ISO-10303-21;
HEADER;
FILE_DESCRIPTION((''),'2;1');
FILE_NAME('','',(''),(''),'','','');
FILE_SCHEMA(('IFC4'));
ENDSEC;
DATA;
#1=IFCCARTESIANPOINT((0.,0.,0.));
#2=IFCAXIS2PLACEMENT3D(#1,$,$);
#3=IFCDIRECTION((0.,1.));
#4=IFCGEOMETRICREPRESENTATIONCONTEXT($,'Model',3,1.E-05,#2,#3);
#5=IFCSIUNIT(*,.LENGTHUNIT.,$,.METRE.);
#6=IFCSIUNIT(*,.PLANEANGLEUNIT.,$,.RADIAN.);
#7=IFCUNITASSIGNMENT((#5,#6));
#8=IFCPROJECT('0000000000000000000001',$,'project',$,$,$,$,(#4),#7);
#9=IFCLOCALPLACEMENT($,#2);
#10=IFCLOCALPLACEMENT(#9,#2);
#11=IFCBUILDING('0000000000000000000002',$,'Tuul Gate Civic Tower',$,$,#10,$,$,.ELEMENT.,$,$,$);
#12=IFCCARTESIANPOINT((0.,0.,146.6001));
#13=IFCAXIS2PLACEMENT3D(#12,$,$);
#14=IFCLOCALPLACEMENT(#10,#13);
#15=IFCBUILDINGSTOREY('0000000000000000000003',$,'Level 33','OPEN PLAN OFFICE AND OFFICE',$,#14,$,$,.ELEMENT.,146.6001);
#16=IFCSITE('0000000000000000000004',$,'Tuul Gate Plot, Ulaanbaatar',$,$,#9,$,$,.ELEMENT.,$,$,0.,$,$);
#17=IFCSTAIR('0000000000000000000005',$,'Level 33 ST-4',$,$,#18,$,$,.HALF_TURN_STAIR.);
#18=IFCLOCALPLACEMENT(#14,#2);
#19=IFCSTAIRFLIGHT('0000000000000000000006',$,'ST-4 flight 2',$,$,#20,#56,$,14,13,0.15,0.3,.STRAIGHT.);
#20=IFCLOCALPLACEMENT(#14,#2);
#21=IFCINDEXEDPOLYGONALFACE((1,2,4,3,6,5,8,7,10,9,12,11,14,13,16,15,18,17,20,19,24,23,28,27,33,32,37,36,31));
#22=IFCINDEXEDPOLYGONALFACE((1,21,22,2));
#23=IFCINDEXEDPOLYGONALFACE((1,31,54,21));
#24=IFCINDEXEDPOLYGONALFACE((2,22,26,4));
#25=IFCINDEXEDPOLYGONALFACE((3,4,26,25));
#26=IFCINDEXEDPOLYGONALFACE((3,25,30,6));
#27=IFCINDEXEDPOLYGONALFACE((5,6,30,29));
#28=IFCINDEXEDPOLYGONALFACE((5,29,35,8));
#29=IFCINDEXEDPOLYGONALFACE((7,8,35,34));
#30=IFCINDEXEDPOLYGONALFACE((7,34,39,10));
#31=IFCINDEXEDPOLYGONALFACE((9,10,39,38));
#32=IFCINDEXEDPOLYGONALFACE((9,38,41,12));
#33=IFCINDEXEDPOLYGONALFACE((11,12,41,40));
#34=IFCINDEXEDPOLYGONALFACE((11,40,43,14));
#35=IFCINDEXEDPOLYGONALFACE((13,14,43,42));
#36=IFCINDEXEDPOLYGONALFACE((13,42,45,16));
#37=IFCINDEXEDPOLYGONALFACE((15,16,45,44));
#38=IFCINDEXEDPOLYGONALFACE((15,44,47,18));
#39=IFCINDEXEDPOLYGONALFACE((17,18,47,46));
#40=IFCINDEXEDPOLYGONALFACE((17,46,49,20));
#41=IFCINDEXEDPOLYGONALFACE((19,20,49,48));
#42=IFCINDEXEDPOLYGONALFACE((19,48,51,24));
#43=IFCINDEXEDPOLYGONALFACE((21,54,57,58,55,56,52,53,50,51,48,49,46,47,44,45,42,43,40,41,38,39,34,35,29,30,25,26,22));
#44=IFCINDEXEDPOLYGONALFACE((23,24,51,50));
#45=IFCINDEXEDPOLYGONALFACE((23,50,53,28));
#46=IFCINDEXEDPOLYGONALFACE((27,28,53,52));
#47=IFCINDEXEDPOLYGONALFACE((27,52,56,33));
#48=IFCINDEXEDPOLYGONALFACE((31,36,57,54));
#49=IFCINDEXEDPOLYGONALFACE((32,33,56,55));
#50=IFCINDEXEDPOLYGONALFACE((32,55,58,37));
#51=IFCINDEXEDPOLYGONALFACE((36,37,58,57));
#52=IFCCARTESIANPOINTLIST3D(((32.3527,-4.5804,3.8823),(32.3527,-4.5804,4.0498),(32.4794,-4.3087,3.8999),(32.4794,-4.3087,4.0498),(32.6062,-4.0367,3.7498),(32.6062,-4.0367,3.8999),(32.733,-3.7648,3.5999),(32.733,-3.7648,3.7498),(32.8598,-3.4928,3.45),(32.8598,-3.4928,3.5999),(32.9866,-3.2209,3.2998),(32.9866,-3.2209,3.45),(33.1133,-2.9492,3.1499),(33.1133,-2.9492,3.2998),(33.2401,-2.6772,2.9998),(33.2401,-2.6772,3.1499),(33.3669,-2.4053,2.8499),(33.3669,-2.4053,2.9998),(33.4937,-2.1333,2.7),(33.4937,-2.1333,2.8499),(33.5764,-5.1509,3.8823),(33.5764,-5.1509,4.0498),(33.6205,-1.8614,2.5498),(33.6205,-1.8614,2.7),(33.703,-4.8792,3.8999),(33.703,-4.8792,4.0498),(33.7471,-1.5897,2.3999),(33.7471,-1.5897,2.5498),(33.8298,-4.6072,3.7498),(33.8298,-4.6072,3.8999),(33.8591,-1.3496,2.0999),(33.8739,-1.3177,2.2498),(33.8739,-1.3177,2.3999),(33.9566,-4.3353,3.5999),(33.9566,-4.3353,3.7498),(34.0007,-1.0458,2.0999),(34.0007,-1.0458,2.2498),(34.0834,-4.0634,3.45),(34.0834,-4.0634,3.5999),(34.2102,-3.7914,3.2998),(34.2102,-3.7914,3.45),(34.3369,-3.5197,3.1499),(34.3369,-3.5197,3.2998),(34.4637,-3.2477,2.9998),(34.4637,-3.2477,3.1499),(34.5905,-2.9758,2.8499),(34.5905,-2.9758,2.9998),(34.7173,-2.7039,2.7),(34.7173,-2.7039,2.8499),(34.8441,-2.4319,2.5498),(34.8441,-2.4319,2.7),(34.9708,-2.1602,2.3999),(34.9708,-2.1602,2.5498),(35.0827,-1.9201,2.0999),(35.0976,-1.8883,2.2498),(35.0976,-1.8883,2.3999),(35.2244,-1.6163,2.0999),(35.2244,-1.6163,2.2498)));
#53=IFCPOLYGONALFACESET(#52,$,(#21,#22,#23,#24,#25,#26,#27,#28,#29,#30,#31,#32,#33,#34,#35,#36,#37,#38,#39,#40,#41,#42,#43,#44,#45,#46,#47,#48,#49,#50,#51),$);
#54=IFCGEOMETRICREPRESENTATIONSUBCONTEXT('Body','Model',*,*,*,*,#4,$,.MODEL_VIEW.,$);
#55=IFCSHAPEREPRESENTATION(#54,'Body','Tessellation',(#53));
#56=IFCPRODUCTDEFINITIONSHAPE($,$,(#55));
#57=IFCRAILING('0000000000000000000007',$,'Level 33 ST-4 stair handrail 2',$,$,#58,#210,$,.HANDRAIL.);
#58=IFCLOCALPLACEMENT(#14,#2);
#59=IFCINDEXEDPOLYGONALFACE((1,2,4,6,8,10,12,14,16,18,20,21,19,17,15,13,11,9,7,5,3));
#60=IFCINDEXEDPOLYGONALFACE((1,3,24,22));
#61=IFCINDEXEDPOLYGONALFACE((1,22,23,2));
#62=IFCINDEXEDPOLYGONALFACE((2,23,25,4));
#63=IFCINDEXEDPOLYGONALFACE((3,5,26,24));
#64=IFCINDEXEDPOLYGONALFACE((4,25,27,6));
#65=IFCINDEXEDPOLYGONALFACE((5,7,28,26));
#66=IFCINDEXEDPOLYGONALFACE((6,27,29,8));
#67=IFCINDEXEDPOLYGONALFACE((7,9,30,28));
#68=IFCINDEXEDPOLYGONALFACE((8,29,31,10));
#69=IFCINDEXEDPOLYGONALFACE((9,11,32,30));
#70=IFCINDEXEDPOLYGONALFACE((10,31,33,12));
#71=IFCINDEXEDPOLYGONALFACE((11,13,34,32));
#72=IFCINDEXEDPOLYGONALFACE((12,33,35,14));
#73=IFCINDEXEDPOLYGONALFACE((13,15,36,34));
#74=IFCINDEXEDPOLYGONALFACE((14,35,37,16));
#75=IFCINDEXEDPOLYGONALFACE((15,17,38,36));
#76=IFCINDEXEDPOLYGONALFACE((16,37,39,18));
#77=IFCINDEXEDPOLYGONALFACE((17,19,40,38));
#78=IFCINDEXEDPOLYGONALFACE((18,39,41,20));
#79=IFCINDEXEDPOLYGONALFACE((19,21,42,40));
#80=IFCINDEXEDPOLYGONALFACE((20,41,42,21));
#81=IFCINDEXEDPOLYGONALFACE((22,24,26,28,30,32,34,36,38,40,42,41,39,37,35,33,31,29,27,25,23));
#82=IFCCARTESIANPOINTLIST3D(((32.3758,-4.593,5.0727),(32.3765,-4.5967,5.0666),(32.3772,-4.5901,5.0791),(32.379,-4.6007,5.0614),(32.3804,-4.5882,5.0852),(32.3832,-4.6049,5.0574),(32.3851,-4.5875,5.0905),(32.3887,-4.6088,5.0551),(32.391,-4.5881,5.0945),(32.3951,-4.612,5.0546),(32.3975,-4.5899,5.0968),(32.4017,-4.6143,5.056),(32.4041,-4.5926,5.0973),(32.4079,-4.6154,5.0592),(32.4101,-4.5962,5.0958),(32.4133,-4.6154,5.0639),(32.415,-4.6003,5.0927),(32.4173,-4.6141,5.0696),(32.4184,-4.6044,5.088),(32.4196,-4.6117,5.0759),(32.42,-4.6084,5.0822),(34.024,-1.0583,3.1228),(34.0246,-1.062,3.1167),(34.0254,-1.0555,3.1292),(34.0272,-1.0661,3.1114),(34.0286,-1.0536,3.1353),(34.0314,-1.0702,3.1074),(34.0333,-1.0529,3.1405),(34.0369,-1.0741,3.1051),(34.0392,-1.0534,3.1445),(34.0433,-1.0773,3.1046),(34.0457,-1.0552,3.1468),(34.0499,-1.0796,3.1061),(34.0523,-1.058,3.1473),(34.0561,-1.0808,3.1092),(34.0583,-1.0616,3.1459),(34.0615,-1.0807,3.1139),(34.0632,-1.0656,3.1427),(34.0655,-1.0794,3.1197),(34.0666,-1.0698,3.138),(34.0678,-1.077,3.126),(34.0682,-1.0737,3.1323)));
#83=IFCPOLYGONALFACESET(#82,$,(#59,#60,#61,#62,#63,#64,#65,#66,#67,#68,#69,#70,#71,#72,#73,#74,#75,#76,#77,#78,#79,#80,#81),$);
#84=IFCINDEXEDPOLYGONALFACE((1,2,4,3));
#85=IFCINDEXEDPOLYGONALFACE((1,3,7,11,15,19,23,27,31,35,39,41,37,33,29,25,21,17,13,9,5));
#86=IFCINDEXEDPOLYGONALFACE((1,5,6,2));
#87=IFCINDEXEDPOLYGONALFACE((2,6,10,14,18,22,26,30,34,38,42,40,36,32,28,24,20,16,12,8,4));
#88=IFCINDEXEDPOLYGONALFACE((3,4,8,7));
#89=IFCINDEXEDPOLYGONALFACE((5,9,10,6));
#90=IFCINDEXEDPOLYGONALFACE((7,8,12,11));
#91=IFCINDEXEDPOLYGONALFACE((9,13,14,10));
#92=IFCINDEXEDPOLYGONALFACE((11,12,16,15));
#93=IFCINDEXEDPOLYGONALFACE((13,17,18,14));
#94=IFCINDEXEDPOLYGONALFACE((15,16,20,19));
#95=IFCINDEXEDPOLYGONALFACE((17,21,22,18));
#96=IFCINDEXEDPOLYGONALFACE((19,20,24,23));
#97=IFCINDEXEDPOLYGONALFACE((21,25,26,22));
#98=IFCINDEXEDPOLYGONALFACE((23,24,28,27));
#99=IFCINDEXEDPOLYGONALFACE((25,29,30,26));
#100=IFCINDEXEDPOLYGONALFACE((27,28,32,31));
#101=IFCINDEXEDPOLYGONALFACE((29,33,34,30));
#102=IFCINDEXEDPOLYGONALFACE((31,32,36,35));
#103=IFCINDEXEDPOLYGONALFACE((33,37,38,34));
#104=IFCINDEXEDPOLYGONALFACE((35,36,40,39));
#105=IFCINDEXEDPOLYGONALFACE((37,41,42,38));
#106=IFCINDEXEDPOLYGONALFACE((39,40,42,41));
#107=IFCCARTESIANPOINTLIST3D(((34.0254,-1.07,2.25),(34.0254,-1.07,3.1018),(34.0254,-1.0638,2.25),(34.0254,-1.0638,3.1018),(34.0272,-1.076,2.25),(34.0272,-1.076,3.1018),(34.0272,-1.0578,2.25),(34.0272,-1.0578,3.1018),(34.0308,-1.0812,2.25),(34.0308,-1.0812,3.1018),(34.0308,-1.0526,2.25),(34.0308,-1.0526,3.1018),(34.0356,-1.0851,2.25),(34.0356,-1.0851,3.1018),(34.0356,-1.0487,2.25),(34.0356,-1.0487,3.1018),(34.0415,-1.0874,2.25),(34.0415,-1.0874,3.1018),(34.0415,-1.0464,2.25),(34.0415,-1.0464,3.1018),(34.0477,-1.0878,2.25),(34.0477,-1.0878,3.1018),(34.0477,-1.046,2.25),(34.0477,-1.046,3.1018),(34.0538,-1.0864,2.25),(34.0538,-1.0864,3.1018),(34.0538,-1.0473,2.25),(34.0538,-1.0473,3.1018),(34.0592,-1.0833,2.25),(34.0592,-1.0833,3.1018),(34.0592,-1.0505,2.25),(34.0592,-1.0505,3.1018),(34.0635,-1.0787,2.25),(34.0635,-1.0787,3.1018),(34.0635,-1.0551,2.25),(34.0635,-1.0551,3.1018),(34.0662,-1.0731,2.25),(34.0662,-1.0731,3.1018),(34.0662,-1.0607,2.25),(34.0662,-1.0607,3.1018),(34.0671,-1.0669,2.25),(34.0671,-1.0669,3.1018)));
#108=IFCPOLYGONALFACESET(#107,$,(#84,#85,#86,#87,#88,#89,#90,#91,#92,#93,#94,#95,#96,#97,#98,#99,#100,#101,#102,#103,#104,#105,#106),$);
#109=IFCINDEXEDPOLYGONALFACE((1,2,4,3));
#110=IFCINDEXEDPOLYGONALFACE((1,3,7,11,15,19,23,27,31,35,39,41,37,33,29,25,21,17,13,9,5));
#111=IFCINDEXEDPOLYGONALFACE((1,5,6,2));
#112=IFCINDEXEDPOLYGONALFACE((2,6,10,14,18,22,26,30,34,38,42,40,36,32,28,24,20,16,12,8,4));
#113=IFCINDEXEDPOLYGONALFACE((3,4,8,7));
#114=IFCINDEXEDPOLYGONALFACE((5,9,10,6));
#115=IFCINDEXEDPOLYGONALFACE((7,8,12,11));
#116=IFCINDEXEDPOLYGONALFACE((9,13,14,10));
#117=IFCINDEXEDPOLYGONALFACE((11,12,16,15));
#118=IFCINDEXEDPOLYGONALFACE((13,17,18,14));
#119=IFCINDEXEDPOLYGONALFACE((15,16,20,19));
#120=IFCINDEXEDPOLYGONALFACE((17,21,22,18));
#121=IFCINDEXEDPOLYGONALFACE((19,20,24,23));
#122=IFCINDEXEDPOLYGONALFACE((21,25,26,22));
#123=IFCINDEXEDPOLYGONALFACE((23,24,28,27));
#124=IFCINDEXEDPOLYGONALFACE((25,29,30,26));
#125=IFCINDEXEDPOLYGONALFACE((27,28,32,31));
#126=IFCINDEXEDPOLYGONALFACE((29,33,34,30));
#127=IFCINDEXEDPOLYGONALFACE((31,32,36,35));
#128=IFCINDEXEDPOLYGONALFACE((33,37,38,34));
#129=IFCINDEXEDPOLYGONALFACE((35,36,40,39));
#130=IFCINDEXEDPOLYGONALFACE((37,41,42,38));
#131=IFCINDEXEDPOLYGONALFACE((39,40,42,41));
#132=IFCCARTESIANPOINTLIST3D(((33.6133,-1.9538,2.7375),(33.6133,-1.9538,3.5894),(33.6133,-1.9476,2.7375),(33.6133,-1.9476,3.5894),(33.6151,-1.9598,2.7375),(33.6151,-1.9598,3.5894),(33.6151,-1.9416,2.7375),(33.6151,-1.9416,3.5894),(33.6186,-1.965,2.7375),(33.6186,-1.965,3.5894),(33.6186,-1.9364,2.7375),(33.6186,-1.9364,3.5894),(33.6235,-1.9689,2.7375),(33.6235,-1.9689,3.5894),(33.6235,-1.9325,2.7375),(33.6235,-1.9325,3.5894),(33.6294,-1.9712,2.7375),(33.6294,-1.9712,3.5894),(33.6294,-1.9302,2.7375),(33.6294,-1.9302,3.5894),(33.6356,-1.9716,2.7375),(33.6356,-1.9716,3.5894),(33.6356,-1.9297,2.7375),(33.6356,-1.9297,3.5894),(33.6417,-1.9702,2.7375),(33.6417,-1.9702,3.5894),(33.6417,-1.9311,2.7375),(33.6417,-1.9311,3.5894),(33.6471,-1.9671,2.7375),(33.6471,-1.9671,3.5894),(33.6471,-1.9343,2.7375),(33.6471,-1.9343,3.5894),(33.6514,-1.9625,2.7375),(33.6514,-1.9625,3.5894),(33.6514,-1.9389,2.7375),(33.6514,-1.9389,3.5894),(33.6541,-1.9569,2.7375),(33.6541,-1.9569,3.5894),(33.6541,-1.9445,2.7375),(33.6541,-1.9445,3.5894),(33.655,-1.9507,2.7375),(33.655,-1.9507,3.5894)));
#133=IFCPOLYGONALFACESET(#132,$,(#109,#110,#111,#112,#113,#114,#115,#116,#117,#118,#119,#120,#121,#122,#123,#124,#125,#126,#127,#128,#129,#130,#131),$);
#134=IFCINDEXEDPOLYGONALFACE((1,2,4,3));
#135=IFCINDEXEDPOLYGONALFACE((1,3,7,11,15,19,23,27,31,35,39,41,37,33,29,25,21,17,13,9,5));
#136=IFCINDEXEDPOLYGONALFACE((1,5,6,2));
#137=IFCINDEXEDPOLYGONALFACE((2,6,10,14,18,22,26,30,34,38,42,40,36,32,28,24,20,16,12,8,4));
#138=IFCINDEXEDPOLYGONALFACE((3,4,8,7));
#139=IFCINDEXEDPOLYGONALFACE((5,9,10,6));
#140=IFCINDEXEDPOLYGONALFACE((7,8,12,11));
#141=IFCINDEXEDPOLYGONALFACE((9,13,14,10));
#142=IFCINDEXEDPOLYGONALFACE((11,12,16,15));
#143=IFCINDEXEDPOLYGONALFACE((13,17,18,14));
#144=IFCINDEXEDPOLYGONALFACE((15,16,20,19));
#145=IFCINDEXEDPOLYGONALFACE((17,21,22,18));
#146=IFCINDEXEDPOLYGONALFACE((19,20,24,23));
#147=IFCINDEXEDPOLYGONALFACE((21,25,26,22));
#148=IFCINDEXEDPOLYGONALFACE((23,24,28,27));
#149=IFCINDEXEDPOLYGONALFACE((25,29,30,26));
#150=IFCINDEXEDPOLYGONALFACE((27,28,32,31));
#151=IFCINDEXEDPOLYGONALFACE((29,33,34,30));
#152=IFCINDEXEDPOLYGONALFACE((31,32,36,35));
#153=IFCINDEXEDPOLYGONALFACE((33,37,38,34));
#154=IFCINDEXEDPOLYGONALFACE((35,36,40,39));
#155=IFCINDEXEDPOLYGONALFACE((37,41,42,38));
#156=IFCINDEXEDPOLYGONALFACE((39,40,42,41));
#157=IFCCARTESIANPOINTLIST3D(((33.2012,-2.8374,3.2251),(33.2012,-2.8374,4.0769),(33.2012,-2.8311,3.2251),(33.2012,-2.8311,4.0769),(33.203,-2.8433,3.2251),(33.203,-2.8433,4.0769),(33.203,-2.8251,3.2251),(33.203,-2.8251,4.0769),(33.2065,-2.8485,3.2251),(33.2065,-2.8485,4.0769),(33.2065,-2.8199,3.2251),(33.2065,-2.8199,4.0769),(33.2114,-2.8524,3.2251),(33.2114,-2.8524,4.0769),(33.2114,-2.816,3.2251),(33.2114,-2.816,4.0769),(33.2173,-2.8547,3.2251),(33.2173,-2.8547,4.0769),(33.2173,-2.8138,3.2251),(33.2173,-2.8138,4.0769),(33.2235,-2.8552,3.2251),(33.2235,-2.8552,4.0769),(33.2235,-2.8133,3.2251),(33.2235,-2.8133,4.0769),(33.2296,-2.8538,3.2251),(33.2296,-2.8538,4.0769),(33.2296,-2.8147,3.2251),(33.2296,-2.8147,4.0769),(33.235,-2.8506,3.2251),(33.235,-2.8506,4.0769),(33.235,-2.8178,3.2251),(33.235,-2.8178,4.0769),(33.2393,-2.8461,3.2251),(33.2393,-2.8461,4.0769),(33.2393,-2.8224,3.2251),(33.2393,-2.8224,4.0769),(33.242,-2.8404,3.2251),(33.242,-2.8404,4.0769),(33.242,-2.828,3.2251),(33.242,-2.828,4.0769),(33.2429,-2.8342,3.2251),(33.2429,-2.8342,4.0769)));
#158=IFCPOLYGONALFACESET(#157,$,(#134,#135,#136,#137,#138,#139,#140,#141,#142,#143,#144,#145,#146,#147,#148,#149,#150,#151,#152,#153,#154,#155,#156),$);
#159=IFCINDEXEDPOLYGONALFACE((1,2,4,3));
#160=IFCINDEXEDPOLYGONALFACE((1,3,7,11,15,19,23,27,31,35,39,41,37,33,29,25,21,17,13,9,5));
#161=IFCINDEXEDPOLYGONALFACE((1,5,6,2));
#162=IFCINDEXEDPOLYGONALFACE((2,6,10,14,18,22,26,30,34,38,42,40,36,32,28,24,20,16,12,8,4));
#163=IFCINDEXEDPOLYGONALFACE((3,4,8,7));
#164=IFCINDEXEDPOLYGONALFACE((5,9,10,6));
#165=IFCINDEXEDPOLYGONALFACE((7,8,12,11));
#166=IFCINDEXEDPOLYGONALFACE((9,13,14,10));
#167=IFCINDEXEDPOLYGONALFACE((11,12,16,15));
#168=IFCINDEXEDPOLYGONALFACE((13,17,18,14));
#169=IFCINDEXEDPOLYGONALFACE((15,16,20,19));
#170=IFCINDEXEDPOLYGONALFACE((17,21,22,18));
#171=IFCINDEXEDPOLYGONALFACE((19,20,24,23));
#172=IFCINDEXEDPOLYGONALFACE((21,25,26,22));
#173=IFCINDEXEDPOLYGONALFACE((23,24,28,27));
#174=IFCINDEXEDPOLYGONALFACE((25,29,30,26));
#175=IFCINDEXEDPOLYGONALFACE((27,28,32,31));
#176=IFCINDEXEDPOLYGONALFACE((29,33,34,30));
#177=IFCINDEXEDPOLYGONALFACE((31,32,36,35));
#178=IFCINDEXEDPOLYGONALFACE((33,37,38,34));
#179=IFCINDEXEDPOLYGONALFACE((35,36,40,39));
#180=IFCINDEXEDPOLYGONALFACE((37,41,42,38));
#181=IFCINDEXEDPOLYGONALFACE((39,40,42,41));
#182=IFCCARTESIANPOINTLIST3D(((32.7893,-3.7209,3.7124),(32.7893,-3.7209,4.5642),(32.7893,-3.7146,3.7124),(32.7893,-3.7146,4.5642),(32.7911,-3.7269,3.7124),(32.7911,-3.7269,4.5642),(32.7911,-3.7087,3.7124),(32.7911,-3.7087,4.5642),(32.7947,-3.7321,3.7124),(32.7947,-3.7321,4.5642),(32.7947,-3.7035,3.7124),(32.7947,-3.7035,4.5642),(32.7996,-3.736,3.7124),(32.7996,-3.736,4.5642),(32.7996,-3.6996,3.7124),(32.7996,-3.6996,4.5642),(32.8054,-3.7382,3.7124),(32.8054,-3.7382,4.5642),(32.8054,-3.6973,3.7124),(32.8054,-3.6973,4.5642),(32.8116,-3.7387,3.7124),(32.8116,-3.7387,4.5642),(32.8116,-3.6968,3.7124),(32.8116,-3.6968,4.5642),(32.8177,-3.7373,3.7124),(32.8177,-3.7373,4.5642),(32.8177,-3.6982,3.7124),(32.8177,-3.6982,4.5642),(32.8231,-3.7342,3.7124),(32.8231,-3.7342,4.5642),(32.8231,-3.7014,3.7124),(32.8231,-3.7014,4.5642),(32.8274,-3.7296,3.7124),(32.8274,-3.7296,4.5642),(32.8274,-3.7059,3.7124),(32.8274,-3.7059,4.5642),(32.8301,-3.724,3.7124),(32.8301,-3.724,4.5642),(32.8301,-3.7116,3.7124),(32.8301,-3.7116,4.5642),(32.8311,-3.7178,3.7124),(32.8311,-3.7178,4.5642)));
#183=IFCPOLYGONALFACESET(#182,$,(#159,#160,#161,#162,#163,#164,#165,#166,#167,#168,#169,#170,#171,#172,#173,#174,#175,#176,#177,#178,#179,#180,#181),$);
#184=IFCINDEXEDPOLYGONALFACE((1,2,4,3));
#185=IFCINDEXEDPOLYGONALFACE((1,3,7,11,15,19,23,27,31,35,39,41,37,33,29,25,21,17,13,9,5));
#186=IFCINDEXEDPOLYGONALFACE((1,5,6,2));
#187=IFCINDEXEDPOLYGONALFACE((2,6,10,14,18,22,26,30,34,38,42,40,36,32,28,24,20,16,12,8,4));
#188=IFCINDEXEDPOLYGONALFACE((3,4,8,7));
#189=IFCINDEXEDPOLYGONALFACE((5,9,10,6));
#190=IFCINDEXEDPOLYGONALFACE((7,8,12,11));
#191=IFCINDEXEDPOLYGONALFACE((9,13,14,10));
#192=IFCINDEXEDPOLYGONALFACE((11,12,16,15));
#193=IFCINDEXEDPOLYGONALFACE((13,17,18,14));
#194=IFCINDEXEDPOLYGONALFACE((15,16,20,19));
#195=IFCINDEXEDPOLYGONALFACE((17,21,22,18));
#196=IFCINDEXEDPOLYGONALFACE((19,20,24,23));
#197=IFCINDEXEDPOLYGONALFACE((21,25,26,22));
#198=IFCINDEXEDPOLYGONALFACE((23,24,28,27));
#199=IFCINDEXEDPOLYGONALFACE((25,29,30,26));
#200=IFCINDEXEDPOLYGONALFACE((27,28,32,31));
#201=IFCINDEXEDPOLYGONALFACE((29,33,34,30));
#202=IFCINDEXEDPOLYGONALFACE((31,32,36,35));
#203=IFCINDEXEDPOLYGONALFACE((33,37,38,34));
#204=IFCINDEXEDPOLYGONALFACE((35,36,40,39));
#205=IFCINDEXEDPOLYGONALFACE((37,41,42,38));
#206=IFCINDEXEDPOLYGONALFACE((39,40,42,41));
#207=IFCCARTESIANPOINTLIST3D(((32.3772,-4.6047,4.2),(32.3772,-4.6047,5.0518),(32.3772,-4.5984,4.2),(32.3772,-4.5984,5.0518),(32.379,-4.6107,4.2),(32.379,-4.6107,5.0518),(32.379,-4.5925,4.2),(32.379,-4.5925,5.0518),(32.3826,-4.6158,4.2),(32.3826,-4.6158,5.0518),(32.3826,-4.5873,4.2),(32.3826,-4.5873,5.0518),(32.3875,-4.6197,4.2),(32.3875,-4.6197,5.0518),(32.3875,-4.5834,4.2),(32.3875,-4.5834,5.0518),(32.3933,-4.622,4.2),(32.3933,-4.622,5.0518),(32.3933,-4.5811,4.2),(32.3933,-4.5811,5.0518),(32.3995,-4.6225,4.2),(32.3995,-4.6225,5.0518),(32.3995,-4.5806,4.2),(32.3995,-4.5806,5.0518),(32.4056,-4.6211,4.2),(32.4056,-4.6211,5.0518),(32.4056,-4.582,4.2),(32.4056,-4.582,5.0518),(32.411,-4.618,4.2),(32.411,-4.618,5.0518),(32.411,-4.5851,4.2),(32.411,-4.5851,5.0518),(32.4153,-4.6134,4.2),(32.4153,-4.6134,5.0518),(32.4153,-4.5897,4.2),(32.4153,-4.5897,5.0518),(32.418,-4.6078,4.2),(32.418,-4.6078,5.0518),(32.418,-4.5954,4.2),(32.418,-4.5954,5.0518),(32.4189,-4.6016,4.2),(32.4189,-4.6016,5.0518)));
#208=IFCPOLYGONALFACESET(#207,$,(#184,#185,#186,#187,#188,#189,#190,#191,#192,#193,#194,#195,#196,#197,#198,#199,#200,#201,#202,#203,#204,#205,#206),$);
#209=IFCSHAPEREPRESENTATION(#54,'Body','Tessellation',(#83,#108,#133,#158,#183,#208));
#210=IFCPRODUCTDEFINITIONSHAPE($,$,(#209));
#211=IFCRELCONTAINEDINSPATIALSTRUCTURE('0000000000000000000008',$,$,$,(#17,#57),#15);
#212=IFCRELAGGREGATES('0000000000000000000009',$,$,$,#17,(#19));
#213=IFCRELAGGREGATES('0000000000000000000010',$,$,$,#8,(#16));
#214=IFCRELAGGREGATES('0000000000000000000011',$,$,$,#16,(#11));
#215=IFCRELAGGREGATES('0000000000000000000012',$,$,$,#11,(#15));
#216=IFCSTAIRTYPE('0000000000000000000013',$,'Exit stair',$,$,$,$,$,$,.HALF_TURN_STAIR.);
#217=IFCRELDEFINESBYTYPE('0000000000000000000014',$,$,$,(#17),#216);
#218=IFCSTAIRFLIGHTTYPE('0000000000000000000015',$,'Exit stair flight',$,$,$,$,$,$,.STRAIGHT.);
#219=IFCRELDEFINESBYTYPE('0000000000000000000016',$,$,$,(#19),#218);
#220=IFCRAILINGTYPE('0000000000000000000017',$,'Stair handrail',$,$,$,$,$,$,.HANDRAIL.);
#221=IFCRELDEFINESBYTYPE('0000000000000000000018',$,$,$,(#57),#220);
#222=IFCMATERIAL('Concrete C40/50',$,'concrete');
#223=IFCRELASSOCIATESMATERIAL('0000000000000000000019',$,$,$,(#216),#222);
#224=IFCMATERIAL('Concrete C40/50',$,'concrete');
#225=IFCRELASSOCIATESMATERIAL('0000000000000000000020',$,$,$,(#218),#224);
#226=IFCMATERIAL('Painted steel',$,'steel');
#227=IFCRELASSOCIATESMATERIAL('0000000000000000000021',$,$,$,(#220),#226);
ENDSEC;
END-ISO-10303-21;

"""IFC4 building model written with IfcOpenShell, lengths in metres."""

from ifc_helpers import new_model, si_unit, direction, frame, origin, origin_2d, place, context, subcontext, project, spatial, polyline, circle, outline, extrude, material, type_object, element, aggregate, save


model = new_model("IFC4")

# Units and contexts
model_context = context("Model", 3, precision=1e-05, world=origin(), true_north=direction((0.0, 1.0)))
body_context = subcontext(model_context, "Body", "Model", "MODEL_VIEW")
ifc_project = project(units=[si_unit("LENGTHUNIT", "METRE"), si_unit("PLANEANGLEUNIT", "RADIAN")], contexts=[model_context])

# Site, building, storey
site_placement = place(None, origin())
site = spatial("IfcSite", under=ifc_project, at=site_placement, Name="Tuul Gate Plot, Ulaanbaatar", CompositionType="ELEMENT", RefElevation=0.0)
building_placement = place(site_placement, origin())
building = spatial("IfcBuilding", under=site, at=building_placement, Name="Tuul Gate Civic Tower", CompositionType="ELEMENT")
storey_placement = place(building_placement, frame((0.0, 0.0, 146.6001)))
storey = spatial("IfcBuildingStorey", under=building, at=storey_placement, Name="Level 33", Description="OPEN PLAN OFFICE AND OFFICE", CompositionType="ELEMENT", Elevation=146.6001)

# Stair, stair flight
ifc_material_1 = material(Name="Concrete C40/50", Category="concrete")
stair_type = type_object("IfcStairType", Name="Exit stair", PredefinedType="HALF_TURN_STAIR", material=ifc_material_1)
stair_placement = place(storey_placement, origin())
stair = element("IfcStair", 1, at=stair_placement, inside=storey, type_object=stair_type, Name="Level 33 ST-4", PredefinedType="HALF_TURN_STAIR")
ifc_material_2 = material(Name="Concrete C40/50", Category="concrete")
stair_flight_type = type_object("IfcStairFlightType", Name="Exit stair flight", PredefinedType="STRAIGHT", material=ifc_material_2)
stair_flight_1_placement = place(storey_placement, frame((34.6125, -1.3311, 2.0999), z_axis=(0.0, 0.0, 1.0), x_axis=(-0.422576, -0.906327, 0.0)))
stair_flight_1 = element("IfcStairFlight", 2, at=stair_flight_1_placement, type_object=stair_flight_type, Name="ST-4 flight 2", NumberOfRisers=14, NumberOfTreads=13, PredefinedType="STRAIGHT", RiserHeight=0.15, TreadLength=0.3, context=body_context, shape_type="SweptSolid", body=[
    extrude(outline(polyline([(0.0, 0.0), (0.0, 0.1499), (0.3, 0.1499), (0.3, 0.3), (0.6001, 0.3), (0.6001, 0.45), (0.8999, 0.45), (0.8999, 0.6001), (1.2, 0.6001), (1.2, 0.75), (1.5, 0.75), (1.5, 0.8999), (1.8, 0.8999), (1.8, 1.05), (2.1001, 1.05), (2.1001, 1.2), (2.3999, 1.2), (2.3999, 1.3501), (2.7, 1.3501), (2.7, 1.5), (3.0, 1.5), (3.0, 1.6499), (3.3, 1.6499), (3.3, 1.8), (3.6001, 1.8), (3.6001, 1.95), (3.8999, 1.95), (3.8999, 2.1001), (3.8999, 1.7825), (0.3352, 0.0), (0.0, 0.0)])), frame((0.0, 0.675, 0.0), z_axis=(0.0, -1.0, 0.0), x_axis=(1.0, 0.0, 0.0)), (0.0, 0.0, 1.0), 1.3501),
])
aggregate(stair, [stair_flight_1])

# Railing
ifc_material_3 = material(Name="Painted steel", Category="steel")
railing_type_1 = type_object("IfcRailingType", Name="Stair handrail", PredefinedType="HANDRAIL", material=ifc_material_3)
railing_1_placement = place(storey_placement, frame((34.0461, -1.0669, 2.25)))
element("IfcRailing", 3, at=railing_1_placement, inside=storey, type_object=railing_type_1, Name="Level 33 ST-4 stair handrail 2", PredefinedType="HANDRAIL", context=body_context, shape_type="SweptSolid", body=[
    extrude(circle(Radius=0.0239, at=origin_2d()), frame((0.0, 0.0, 0.876), z_axis=(-0.377995, -0.810637, 0.4472), x_axis=(0.906313, -0.422608, 0.0)), (0.0, 0.0, 1.0), 4.3604),
    extrude(circle(Radius=0.021, at=origin_2d()), origin(), (0.0, 0.0, 1.0), 0.8518),
    extrude(circle(Radius=0.021, at=origin_2d()), frame((-0.4121, -0.8838, 0.4875)), (0.0, 0.0, 1.0), 0.8518),
    extrude(circle(Radius=0.021, at=origin_2d()), frame((-0.8242, -1.7673, 0.9751)), (0.0, 0.0, 1.0), 0.8518),
    extrude(circle(Radius=0.021, at=origin_2d()), frame((-1.2361, -2.6509, 1.4624)), (0.0, 0.0, 1.0), 0.8518),
    extrude(circle(Radius=0.021, at=origin_2d()), frame((-1.6482, -3.5347, 1.95)), (0.0, 0.0, 1.0), 0.8518),
])

save(model, "model.ifc")
